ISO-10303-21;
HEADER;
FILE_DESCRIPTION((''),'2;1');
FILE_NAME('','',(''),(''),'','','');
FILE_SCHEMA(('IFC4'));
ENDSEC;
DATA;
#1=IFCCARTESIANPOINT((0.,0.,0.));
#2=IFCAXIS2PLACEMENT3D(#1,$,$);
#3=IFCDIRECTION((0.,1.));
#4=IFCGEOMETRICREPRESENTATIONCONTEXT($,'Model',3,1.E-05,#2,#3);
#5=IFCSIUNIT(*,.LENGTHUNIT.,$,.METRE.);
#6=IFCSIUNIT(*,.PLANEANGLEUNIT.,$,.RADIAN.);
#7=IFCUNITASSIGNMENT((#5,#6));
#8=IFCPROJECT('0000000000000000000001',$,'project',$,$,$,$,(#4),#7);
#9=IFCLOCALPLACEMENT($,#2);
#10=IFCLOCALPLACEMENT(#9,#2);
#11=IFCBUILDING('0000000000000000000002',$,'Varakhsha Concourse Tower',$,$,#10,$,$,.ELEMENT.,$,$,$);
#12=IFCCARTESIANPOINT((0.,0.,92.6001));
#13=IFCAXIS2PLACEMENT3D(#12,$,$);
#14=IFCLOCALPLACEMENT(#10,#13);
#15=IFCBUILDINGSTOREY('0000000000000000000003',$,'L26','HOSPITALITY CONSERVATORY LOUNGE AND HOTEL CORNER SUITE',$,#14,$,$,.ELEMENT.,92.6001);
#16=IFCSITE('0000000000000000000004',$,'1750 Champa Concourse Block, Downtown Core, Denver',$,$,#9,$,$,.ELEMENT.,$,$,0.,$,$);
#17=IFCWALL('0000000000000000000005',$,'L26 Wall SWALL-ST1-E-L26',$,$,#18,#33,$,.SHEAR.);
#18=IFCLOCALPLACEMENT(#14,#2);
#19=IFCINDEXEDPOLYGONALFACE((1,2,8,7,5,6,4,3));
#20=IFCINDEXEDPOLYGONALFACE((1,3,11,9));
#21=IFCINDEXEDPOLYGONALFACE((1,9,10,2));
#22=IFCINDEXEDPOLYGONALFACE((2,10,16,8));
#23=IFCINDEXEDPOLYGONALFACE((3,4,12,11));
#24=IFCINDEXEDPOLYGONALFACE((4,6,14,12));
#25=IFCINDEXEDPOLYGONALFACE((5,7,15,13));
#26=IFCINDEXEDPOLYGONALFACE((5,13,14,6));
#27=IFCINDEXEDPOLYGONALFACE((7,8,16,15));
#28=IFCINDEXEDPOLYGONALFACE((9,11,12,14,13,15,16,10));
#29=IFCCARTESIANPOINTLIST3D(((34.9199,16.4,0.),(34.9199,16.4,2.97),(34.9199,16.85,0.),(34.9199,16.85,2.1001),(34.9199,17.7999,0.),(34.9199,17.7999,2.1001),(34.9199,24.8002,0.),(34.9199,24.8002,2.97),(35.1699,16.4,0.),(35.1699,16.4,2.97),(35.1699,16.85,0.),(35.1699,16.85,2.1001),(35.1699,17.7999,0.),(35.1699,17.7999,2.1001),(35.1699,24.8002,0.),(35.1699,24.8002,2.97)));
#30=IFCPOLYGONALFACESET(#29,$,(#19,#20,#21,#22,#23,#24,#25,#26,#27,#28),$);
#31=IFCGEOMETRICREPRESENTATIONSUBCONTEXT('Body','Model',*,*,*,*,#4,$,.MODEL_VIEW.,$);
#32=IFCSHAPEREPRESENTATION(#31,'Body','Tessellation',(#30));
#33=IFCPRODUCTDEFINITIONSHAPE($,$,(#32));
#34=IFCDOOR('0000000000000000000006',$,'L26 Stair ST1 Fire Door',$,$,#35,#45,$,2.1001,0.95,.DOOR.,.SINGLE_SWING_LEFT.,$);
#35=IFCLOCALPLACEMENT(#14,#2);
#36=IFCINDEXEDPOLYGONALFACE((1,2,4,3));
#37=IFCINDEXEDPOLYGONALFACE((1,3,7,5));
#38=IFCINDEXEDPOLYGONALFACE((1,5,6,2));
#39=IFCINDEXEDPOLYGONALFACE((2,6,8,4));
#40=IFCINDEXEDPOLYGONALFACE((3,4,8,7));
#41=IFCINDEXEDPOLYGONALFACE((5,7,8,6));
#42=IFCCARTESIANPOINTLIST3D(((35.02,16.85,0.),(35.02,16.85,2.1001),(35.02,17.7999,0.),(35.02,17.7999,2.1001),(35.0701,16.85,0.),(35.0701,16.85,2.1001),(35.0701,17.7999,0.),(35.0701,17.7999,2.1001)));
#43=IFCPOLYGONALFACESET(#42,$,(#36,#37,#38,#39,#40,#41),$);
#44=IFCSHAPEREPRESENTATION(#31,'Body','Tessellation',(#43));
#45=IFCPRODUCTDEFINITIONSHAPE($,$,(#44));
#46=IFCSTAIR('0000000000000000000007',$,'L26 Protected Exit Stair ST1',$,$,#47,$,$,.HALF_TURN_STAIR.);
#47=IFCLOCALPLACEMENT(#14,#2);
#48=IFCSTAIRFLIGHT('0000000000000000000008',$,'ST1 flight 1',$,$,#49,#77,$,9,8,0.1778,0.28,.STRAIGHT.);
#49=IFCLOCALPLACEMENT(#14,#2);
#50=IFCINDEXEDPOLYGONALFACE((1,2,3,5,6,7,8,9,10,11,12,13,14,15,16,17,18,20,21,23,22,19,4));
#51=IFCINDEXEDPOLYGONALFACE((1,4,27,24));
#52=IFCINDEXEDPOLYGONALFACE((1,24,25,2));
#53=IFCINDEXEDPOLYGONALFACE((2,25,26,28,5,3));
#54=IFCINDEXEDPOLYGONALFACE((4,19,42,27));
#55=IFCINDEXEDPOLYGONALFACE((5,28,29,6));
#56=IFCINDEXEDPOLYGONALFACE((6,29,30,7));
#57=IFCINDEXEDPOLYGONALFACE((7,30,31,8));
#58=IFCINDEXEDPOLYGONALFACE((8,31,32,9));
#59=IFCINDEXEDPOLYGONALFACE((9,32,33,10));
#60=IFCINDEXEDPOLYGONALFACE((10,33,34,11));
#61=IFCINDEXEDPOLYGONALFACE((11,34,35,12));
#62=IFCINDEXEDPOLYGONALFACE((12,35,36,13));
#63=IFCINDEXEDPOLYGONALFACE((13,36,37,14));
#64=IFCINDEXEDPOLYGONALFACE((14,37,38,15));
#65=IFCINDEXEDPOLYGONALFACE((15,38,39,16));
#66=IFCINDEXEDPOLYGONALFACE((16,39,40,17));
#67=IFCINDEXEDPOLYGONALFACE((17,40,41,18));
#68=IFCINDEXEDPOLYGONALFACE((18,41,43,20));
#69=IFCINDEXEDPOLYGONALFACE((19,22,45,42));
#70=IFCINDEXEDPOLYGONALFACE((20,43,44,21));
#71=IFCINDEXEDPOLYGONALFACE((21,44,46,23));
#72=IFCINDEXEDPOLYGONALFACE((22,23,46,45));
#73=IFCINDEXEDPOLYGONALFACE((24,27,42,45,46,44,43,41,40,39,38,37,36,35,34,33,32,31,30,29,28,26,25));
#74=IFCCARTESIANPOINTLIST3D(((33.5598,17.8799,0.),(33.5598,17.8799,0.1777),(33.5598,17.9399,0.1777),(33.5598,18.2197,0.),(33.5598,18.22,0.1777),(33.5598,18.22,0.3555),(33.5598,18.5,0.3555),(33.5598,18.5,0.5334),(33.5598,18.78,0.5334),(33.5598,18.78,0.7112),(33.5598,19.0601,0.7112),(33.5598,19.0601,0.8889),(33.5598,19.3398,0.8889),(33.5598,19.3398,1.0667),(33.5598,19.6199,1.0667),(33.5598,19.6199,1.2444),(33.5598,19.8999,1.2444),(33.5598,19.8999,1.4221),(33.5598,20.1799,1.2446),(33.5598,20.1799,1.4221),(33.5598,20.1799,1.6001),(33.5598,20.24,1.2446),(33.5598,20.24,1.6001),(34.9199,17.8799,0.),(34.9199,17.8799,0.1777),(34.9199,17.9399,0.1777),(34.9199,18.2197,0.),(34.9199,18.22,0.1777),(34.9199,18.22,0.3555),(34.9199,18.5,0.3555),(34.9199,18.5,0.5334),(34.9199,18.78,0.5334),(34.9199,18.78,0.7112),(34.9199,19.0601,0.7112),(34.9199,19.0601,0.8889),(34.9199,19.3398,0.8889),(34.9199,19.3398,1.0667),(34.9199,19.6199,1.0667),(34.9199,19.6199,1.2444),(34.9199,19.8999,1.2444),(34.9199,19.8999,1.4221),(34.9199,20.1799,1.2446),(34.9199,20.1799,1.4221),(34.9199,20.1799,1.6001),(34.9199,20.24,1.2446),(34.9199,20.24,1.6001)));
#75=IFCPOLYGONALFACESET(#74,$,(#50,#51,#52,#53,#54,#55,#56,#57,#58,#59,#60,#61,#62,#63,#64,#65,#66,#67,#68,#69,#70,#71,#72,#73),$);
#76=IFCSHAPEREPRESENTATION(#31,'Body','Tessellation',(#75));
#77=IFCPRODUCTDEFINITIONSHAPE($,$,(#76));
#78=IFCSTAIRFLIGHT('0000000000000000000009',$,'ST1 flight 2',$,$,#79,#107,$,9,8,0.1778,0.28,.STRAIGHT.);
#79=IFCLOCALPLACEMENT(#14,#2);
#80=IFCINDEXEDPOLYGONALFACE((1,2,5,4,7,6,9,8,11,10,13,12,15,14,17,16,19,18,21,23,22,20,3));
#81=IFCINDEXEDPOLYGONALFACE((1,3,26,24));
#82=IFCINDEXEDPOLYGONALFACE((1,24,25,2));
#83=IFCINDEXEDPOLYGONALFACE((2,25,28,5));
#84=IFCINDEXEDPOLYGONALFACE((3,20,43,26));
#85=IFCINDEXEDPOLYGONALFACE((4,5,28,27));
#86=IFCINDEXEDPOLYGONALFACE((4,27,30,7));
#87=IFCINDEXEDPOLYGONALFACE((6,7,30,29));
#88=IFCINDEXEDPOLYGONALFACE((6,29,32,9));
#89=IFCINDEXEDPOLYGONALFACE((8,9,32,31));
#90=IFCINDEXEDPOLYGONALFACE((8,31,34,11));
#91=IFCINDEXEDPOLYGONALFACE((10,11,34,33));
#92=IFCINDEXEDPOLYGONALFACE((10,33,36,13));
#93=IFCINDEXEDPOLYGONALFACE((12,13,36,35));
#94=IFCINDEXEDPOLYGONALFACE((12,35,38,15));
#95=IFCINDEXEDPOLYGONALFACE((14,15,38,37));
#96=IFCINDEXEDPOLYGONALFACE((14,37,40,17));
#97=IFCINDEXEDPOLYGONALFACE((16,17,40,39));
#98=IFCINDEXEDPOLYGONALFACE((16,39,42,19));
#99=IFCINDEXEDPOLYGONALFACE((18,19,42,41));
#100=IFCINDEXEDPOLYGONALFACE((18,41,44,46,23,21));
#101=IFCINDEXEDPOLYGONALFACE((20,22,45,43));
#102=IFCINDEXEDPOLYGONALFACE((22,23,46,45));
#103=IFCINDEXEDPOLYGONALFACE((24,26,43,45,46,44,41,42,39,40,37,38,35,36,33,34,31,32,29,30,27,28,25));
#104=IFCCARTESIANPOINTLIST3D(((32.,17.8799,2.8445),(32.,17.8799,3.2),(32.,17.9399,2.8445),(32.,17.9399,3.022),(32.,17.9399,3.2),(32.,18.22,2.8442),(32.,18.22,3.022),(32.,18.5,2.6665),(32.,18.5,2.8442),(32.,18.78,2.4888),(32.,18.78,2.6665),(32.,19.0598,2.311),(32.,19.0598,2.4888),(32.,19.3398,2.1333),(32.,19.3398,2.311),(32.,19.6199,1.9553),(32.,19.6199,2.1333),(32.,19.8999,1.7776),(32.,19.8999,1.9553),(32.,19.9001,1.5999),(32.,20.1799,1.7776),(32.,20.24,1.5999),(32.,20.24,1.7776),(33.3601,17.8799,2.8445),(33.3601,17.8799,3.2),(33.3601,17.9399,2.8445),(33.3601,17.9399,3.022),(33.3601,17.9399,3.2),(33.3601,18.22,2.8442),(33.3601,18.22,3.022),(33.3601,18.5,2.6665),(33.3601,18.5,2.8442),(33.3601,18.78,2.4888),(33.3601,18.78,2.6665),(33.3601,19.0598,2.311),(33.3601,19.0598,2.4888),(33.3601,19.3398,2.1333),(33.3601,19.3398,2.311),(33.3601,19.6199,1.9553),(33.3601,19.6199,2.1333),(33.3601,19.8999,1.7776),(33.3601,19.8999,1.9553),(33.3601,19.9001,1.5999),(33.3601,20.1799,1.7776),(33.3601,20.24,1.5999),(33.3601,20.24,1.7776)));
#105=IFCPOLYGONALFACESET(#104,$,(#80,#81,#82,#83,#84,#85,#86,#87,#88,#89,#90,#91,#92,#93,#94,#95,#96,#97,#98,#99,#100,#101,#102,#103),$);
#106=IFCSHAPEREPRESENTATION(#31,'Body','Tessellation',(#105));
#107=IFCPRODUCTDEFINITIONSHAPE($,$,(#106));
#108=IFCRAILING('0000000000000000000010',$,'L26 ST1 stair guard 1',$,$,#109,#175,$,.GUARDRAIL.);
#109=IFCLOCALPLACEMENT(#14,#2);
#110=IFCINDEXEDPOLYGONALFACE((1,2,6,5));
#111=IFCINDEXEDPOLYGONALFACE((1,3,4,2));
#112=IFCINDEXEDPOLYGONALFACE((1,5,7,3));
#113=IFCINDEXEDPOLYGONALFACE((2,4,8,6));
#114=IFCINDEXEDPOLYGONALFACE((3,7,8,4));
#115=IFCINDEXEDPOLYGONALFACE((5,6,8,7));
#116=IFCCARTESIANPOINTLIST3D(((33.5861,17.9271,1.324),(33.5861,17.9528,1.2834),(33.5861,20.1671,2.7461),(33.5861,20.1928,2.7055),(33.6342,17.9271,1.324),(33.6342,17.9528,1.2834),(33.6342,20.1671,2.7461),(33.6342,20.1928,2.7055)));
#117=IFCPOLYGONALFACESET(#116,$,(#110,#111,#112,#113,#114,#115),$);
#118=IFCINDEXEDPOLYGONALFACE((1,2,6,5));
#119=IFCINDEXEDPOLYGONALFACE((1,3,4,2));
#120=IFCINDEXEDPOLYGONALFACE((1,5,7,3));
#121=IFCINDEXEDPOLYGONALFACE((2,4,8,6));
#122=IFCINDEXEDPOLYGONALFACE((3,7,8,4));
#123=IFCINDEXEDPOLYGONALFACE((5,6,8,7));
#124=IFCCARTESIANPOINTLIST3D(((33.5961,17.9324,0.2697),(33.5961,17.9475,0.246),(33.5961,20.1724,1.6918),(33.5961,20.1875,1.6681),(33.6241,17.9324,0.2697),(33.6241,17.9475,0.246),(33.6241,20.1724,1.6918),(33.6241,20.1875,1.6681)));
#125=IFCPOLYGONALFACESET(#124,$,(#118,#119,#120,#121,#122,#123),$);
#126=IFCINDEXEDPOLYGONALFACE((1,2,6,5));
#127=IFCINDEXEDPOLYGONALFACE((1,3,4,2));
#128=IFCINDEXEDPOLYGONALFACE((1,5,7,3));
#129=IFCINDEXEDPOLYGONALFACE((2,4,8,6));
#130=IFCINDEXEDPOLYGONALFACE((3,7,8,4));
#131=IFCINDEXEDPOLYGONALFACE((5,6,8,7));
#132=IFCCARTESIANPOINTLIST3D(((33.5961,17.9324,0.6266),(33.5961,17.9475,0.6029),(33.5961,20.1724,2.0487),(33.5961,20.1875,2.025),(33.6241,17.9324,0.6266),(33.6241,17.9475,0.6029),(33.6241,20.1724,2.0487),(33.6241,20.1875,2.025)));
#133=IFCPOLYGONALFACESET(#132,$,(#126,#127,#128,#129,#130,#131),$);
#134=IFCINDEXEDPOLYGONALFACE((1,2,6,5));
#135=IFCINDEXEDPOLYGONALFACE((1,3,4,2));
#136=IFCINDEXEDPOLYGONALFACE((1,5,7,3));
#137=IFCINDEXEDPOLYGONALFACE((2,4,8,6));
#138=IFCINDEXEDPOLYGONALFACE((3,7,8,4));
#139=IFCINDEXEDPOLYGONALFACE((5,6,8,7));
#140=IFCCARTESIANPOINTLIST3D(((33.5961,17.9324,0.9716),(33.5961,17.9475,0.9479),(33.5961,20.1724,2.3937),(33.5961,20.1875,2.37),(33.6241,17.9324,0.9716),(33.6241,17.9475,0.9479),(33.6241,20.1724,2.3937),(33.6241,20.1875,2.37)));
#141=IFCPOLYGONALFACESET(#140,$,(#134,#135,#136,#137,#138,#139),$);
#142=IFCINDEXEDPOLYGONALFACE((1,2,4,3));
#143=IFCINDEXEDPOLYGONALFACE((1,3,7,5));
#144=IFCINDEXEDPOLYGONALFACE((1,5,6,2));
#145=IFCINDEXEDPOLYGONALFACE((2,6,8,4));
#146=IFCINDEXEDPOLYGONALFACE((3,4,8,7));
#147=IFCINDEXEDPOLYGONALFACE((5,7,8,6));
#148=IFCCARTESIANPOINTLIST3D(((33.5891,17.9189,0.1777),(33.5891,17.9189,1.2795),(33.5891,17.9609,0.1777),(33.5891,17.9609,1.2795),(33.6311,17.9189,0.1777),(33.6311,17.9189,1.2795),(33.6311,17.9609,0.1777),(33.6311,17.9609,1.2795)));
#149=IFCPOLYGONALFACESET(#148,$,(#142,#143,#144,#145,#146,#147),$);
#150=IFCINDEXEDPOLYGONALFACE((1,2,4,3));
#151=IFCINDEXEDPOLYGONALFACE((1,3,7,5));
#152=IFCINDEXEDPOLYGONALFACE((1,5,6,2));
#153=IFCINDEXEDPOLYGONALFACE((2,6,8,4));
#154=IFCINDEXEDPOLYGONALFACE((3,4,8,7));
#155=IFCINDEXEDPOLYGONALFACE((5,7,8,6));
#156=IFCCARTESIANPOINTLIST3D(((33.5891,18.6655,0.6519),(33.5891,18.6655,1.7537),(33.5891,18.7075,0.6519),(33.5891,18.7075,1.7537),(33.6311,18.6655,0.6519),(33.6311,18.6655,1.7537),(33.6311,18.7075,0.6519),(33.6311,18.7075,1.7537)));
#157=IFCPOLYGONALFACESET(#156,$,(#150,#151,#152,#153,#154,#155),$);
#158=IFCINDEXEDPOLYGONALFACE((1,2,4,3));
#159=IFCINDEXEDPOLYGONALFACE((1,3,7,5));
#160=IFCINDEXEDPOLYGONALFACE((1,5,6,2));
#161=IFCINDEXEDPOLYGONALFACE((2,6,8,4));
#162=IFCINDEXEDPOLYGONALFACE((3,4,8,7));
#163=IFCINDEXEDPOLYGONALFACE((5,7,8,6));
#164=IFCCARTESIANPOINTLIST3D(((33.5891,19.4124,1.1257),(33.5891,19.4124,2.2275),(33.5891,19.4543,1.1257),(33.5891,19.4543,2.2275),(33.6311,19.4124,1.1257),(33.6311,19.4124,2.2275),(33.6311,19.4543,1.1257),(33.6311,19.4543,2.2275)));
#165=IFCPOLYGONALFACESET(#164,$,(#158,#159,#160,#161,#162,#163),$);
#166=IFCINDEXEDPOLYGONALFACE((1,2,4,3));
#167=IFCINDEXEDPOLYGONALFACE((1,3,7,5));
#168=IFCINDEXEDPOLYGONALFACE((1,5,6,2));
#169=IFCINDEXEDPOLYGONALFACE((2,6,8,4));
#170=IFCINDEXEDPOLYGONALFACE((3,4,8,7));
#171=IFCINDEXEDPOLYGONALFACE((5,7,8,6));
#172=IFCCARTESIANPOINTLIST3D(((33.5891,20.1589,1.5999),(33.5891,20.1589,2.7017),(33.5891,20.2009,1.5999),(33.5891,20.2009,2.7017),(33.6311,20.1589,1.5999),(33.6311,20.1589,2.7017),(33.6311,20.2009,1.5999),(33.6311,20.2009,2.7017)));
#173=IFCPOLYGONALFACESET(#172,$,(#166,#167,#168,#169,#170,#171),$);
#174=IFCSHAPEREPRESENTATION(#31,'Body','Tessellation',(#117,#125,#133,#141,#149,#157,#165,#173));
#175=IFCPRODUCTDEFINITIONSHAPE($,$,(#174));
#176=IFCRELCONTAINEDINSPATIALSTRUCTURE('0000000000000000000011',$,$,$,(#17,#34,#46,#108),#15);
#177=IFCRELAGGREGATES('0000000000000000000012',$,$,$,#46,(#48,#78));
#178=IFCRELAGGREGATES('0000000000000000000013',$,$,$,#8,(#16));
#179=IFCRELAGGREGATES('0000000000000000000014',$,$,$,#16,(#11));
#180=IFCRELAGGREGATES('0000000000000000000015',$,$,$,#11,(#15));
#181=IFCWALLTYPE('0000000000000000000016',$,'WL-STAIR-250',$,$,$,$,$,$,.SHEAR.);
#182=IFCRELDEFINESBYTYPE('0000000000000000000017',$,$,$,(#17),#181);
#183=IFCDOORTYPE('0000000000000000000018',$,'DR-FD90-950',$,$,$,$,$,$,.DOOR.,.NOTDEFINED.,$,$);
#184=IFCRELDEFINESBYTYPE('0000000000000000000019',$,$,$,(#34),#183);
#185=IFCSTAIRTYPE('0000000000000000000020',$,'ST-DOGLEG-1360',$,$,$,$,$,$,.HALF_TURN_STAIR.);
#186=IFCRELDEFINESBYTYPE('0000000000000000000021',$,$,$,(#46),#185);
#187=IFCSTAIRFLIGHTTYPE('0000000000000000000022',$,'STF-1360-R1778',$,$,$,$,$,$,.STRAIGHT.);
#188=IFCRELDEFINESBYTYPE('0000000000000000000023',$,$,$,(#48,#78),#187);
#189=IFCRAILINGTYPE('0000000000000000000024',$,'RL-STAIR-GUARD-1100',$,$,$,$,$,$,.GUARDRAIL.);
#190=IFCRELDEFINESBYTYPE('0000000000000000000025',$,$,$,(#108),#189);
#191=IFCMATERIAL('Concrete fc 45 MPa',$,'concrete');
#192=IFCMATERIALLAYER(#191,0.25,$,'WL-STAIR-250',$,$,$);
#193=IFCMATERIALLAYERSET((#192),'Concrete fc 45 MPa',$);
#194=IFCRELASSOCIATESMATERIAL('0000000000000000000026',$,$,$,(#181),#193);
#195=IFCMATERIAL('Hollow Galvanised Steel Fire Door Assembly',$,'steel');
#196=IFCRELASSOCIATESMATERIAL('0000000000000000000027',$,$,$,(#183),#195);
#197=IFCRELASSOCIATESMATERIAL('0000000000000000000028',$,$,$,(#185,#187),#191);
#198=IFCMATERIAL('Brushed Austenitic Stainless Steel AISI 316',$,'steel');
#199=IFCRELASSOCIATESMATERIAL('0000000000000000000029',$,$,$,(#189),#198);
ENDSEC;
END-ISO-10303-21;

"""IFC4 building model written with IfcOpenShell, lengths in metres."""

from ifc_helpers import new_model, si_unit, direction, frame, frame_2d, origin, origin_2d, place, context, subcontext, project, spatial, polyline, rectangle, outline, extrude, material, layer, layer_set, type_object, element, fill, aggregate, save


model = new_model("IFC4")

# Units and contexts
model_context = context("Model", 3, precision=1e-05, world=origin(), true_north=direction((0.0, 1.0)))
body_context = subcontext(model_context, "Body", "Model", "MODEL_VIEW")
ifc_project = project(units=[si_unit("LENGTHUNIT", "METRE"), si_unit("PLANEANGLEUNIT", "RADIAN")], contexts=[model_context])

# Site, building, storey
site_placement = place(None, origin())
site = spatial("IfcSite", under=ifc_project, at=site_placement, Name="1750 Champa Concourse Block, Downtown Core, Denver", CompositionType="ELEMENT", RefElevation=0.0)
building_placement = place(site_placement, origin())
building = spatial("IfcBuilding", under=site, at=building_placement, Name="Varakhsha Concourse Tower", CompositionType="ELEMENT")
storey_placement = place(building_placement, frame((0.0, 0.0, 92.6001)))
storey = spatial("IfcBuildingStorey", under=building, at=storey_placement, Name="L26", Description="HOSPITALITY CONSERVATORY LOUNGE AND HOTEL CORNER SUITE", CompositionType="ELEMENT", Elevation=92.6001)

# Shared definitions
ifc_material_1 = material(Name="Hollow Galvanised Steel Fire Door Assembly", Category="steel")

# Wall, opening, door
ifc_material_2 = material(Name="Concrete fc 45 MPa", Category="concrete")
ifc_layer_1 = layer(ifc_material_2, 0.25, Name="WL-STAIR-250")
ifc_layer_set_1 = layer_set([ifc_layer_1], Name="Concrete fc 45 MPa")
wall_type_1 = type_object("IfcWallType", Name="WL-STAIR-250", PredefinedType="SHEAR", material=ifc_layer_set_1)
wall_1_placement = place(storey_placement, frame((35.0449, 16.3999, 0.0), z_axis=(0.0, 0.0, 1.0), x_axis=(0.0, 1.0, 0.0)))
wall_1 = element("IfcWall", 1, at=wall_1_placement, inside=storey, type_object=wall_type_1, Name="L26 Wall SWALL-ST1-E-L26", PredefinedType="SHEAR", context=body_context, shape_type="SweptSolid", body=[
    extrude(rectangle(XDim=8.4001, YDim=0.25, at=frame_2d((4.2002, 0.0))), origin(), (0.0, 0.0, 1.0), 2.97),
])
opening_1_placement = place(wall_1_placement, frame((0.45, 0.0, 0.0)))
opening_1 = element("IfcOpeningElement", 2, at=opening_1_placement, cuts=wall_1, PredefinedType="OPENING", context=body_context, shape_type="SweptSolid", body=[
    extrude(rectangle(XDim=0.95, YDim=2.1001, at=frame_2d((0.4751, 1.05))), frame((0.0, 0.135, 0.0), z_axis=(0.0, -1.0, 0.0), x_axis=(1.0, 0.0, 0.0)), (0.0, 0.0, 1.0), 0.27),
])
door_type_1 = type_object("IfcDoorType", Name="DR-FD90-950", OperationType="NOTDEFINED", PredefinedType="DOOR", material=ifc_material_1)
door_1_placement = place(opening_1_placement, origin())
door_1 = element("IfcDoor", 3, at=door_1_placement, inside=storey, type_object=door_type_1, Name="L26 Stair ST1 Fire Door", OperationType="SINGLE_SWING_LEFT", OverallHeight=2.1001, OverallWidth=0.95, PredefinedType="DOOR", context=body_context, shape_type="SweptSolid", body=[
    extrude(rectangle(XDim=0.95, YDim=2.1001, at=frame_2d((0.4751, 1.05))), frame((0.0, 0.0249, 0.0), z_axis=(0.0, -1.0, 0.0), x_axis=(1.0, 0.0, 0.0)), (0.0, 0.0, 1.0), 0.05),
])
fill(opening_1, door_1)

# Stair, stair flights
stair_type = type_object("IfcStairType", Name="ST-DOGLEG-1360", PredefinedType="HALF_TURN_STAIR", material=ifc_material_2)
stair_placement = place(storey_placement, origin())
stair = element("IfcStair", 4, at=stair_placement, inside=storey, type_object=stair_type, Name="L26 Protected Exit Stair ST1", PredefinedType="HALF_TURN_STAIR")
stair_flight_type = type_object("IfcStairFlightType", Name="STF-1360-R1778", PredefinedType="STRAIGHT", material=ifc_material_2)
stair_flight_1_placement = place(storey_placement, frame((34.24, 17.9399, 0.0), z_axis=(0.0, 0.0, 1.0), x_axis=(0.0, 1.0, 0.0)))
stair_flight_1 = element("IfcStairFlight", 5, at=stair_flight_1_placement, type_object=stair_flight_type, Name="ST1 flight 1", NumberOfRisers=9, NumberOfTreads=8, PredefinedType="STRAIGHT", RiserHeight=0.1778, TreadLength=0.28, context=body_context, shape_type="SweptSolid", body=[
    extrude(outline(polyline([(-0.0601, 0.0), (-0.0601, 0.1777), (0.0, 0.1777), (0.28, 0.1777), (0.28, 0.3555), (0.5601, 0.3555), (0.5601, 0.5334), (0.8401, 0.5334), (0.8401, 0.7112), (1.1201, 0.7112), (1.1201, 0.8889), (1.3999, 0.8889), (1.3999, 1.0667), (1.6799, 1.0667), (1.6799, 1.2444), (1.96, 1.2444), (1.96, 1.4221), (2.24, 1.4221), (2.24, 1.6001), (2.3, 1.6001), (2.3, 1.2446), (2.24, 1.2446), (0.2798, 0.0), (-0.0601, 0.0)])), frame((0.0, 0.6802, 0.0), z_axis=(0.0, -1.0, 0.0), x_axis=(1.0, 0.0, 0.0)), (0.0, 0.0, 1.0), 1.3601),
])
stair_flight_2_placement = place(storey_placement, frame((32.6799, 20.1799, 1.5999), z_axis=(0.0, 0.0, 1.0), x_axis=(0.0, -1.0, 0.0)))
stair_flight_2 = element("IfcStairFlight", 6, at=stair_flight_2_placement, type_object=stair_flight_type, Name="ST1 flight 2", NumberOfRisers=9, NumberOfTreads=8, PredefinedType="STRAIGHT", RiserHeight=0.1778, TreadLength=0.28, context=body_context, shape_type="SweptSolid", body=[
    extrude(outline(polyline([(-0.0601, 0.0), (-0.0601, 0.1777), (0.0, 0.1777), (0.28, 0.1777), (0.28, 0.3555), (0.5601, 0.3555), (0.5601, 0.5334), (0.8401, 0.5334), (0.8401, 0.7112), (1.1201, 0.7112), (1.1201, 0.8889), (1.3999, 0.8889), (1.3999, 1.0667), (1.6799, 1.0667), (1.6799, 1.2444), (1.96, 1.2444), (1.96, 1.4221), (2.24, 1.4221), (2.24, 1.6001), (2.3, 1.6001), (2.3, 1.2446), (2.24, 1.2446), (0.2798, 0.0), (-0.0601, 0.0)])), frame((0.0, 0.6802, 0.0), z_axis=(0.0, -1.0, 0.0), x_axis=(1.0, 0.0, 0.0)), (0.0, 0.0, 1.0), 1.3601),
])
aggregate(stair, [stair_flight_1, stair_flight_2])

# Railing
ifc_material_3 = material(Name="Brushed Austenitic Stainless Steel AISI 316", Category="steel")
railing_type_1 = type_object("IfcRailingType", Name="RL-STAIR-GUARD-1100", PredefinedType="GUARDRAIL", material=ifc_material_3)
railing_1_placement = place(storey_placement, frame((33.6101, 17.9399, 0.1777)))
element("IfcRailing", 7, at=railing_1_placement, inside=storey, type_object=railing_type_1, Name="L26 ST1 stair guard 1", PredefinedType="GUARDRAIL", context=body_context, shape_type="SweptSolid", body=[
    extrude(rectangle(XDim=0.0481, YDim=0.0481, at=origin_2d()), frame((0.0, 0.0, 1.126), z_axis=(0.0, 0.844229, 0.535982), x_axis=(-1.0, 0.0, 0.0)), (0.0, 0.0, 1.0), 2.6533),
    extrude(rectangle(XDim=0.0281, YDim=0.0281, at=origin_2d()), frame((0.0, 0.0, 0.0801), z_axis=(0.0, 0.844229, 0.535982), x_axis=(-1.0, 0.0, 0.0)), (0.0, 0.0, 1.0), 2.6533),
    extrude(rectangle(XDim=0.0281, YDim=0.0281, at=origin_2d()), frame((0.0, 0.0, 0.437), z_axis=(0.0, 0.844229, 0.535982), x_axis=(-1.0, 0.0, 0.0)), (0.0, 0.0, 1.0), 2.6533),
    extrude(rectangle(XDim=0.0281, YDim=0.0281, at=origin_2d()), frame((0.0, 0.0, 0.782), z_axis=(0.0, 0.844229, 0.535982), x_axis=(-1.0, 0.0, 0.0)), (0.0, 0.0, 1.0), 2.6533),
    extrude(rectangle(XDim=0.042, YDim=0.042, at=origin_2d()), origin(), (0.0, 0.0, 1.0), 1.1018),
    extrude(rectangle(XDim=0.042, YDim=0.042, at=origin_2d()), frame((0.0, 0.7466, 0.4741)), (0.0, 0.0, 1.0), 1.1018),
    extrude(rectangle(XDim=0.042, YDim=0.042, at=origin_2d()), frame((0.0, 1.4934, 0.948)), (0.0, 0.0, 1.0), 1.1018),
    extrude(rectangle(XDim=0.042, YDim=0.042, at=origin_2d()), frame((0.0, 2.24, 1.4221)), (0.0, 0.0, 1.0), 1.1018),
])

save(model, "model.ifc")
